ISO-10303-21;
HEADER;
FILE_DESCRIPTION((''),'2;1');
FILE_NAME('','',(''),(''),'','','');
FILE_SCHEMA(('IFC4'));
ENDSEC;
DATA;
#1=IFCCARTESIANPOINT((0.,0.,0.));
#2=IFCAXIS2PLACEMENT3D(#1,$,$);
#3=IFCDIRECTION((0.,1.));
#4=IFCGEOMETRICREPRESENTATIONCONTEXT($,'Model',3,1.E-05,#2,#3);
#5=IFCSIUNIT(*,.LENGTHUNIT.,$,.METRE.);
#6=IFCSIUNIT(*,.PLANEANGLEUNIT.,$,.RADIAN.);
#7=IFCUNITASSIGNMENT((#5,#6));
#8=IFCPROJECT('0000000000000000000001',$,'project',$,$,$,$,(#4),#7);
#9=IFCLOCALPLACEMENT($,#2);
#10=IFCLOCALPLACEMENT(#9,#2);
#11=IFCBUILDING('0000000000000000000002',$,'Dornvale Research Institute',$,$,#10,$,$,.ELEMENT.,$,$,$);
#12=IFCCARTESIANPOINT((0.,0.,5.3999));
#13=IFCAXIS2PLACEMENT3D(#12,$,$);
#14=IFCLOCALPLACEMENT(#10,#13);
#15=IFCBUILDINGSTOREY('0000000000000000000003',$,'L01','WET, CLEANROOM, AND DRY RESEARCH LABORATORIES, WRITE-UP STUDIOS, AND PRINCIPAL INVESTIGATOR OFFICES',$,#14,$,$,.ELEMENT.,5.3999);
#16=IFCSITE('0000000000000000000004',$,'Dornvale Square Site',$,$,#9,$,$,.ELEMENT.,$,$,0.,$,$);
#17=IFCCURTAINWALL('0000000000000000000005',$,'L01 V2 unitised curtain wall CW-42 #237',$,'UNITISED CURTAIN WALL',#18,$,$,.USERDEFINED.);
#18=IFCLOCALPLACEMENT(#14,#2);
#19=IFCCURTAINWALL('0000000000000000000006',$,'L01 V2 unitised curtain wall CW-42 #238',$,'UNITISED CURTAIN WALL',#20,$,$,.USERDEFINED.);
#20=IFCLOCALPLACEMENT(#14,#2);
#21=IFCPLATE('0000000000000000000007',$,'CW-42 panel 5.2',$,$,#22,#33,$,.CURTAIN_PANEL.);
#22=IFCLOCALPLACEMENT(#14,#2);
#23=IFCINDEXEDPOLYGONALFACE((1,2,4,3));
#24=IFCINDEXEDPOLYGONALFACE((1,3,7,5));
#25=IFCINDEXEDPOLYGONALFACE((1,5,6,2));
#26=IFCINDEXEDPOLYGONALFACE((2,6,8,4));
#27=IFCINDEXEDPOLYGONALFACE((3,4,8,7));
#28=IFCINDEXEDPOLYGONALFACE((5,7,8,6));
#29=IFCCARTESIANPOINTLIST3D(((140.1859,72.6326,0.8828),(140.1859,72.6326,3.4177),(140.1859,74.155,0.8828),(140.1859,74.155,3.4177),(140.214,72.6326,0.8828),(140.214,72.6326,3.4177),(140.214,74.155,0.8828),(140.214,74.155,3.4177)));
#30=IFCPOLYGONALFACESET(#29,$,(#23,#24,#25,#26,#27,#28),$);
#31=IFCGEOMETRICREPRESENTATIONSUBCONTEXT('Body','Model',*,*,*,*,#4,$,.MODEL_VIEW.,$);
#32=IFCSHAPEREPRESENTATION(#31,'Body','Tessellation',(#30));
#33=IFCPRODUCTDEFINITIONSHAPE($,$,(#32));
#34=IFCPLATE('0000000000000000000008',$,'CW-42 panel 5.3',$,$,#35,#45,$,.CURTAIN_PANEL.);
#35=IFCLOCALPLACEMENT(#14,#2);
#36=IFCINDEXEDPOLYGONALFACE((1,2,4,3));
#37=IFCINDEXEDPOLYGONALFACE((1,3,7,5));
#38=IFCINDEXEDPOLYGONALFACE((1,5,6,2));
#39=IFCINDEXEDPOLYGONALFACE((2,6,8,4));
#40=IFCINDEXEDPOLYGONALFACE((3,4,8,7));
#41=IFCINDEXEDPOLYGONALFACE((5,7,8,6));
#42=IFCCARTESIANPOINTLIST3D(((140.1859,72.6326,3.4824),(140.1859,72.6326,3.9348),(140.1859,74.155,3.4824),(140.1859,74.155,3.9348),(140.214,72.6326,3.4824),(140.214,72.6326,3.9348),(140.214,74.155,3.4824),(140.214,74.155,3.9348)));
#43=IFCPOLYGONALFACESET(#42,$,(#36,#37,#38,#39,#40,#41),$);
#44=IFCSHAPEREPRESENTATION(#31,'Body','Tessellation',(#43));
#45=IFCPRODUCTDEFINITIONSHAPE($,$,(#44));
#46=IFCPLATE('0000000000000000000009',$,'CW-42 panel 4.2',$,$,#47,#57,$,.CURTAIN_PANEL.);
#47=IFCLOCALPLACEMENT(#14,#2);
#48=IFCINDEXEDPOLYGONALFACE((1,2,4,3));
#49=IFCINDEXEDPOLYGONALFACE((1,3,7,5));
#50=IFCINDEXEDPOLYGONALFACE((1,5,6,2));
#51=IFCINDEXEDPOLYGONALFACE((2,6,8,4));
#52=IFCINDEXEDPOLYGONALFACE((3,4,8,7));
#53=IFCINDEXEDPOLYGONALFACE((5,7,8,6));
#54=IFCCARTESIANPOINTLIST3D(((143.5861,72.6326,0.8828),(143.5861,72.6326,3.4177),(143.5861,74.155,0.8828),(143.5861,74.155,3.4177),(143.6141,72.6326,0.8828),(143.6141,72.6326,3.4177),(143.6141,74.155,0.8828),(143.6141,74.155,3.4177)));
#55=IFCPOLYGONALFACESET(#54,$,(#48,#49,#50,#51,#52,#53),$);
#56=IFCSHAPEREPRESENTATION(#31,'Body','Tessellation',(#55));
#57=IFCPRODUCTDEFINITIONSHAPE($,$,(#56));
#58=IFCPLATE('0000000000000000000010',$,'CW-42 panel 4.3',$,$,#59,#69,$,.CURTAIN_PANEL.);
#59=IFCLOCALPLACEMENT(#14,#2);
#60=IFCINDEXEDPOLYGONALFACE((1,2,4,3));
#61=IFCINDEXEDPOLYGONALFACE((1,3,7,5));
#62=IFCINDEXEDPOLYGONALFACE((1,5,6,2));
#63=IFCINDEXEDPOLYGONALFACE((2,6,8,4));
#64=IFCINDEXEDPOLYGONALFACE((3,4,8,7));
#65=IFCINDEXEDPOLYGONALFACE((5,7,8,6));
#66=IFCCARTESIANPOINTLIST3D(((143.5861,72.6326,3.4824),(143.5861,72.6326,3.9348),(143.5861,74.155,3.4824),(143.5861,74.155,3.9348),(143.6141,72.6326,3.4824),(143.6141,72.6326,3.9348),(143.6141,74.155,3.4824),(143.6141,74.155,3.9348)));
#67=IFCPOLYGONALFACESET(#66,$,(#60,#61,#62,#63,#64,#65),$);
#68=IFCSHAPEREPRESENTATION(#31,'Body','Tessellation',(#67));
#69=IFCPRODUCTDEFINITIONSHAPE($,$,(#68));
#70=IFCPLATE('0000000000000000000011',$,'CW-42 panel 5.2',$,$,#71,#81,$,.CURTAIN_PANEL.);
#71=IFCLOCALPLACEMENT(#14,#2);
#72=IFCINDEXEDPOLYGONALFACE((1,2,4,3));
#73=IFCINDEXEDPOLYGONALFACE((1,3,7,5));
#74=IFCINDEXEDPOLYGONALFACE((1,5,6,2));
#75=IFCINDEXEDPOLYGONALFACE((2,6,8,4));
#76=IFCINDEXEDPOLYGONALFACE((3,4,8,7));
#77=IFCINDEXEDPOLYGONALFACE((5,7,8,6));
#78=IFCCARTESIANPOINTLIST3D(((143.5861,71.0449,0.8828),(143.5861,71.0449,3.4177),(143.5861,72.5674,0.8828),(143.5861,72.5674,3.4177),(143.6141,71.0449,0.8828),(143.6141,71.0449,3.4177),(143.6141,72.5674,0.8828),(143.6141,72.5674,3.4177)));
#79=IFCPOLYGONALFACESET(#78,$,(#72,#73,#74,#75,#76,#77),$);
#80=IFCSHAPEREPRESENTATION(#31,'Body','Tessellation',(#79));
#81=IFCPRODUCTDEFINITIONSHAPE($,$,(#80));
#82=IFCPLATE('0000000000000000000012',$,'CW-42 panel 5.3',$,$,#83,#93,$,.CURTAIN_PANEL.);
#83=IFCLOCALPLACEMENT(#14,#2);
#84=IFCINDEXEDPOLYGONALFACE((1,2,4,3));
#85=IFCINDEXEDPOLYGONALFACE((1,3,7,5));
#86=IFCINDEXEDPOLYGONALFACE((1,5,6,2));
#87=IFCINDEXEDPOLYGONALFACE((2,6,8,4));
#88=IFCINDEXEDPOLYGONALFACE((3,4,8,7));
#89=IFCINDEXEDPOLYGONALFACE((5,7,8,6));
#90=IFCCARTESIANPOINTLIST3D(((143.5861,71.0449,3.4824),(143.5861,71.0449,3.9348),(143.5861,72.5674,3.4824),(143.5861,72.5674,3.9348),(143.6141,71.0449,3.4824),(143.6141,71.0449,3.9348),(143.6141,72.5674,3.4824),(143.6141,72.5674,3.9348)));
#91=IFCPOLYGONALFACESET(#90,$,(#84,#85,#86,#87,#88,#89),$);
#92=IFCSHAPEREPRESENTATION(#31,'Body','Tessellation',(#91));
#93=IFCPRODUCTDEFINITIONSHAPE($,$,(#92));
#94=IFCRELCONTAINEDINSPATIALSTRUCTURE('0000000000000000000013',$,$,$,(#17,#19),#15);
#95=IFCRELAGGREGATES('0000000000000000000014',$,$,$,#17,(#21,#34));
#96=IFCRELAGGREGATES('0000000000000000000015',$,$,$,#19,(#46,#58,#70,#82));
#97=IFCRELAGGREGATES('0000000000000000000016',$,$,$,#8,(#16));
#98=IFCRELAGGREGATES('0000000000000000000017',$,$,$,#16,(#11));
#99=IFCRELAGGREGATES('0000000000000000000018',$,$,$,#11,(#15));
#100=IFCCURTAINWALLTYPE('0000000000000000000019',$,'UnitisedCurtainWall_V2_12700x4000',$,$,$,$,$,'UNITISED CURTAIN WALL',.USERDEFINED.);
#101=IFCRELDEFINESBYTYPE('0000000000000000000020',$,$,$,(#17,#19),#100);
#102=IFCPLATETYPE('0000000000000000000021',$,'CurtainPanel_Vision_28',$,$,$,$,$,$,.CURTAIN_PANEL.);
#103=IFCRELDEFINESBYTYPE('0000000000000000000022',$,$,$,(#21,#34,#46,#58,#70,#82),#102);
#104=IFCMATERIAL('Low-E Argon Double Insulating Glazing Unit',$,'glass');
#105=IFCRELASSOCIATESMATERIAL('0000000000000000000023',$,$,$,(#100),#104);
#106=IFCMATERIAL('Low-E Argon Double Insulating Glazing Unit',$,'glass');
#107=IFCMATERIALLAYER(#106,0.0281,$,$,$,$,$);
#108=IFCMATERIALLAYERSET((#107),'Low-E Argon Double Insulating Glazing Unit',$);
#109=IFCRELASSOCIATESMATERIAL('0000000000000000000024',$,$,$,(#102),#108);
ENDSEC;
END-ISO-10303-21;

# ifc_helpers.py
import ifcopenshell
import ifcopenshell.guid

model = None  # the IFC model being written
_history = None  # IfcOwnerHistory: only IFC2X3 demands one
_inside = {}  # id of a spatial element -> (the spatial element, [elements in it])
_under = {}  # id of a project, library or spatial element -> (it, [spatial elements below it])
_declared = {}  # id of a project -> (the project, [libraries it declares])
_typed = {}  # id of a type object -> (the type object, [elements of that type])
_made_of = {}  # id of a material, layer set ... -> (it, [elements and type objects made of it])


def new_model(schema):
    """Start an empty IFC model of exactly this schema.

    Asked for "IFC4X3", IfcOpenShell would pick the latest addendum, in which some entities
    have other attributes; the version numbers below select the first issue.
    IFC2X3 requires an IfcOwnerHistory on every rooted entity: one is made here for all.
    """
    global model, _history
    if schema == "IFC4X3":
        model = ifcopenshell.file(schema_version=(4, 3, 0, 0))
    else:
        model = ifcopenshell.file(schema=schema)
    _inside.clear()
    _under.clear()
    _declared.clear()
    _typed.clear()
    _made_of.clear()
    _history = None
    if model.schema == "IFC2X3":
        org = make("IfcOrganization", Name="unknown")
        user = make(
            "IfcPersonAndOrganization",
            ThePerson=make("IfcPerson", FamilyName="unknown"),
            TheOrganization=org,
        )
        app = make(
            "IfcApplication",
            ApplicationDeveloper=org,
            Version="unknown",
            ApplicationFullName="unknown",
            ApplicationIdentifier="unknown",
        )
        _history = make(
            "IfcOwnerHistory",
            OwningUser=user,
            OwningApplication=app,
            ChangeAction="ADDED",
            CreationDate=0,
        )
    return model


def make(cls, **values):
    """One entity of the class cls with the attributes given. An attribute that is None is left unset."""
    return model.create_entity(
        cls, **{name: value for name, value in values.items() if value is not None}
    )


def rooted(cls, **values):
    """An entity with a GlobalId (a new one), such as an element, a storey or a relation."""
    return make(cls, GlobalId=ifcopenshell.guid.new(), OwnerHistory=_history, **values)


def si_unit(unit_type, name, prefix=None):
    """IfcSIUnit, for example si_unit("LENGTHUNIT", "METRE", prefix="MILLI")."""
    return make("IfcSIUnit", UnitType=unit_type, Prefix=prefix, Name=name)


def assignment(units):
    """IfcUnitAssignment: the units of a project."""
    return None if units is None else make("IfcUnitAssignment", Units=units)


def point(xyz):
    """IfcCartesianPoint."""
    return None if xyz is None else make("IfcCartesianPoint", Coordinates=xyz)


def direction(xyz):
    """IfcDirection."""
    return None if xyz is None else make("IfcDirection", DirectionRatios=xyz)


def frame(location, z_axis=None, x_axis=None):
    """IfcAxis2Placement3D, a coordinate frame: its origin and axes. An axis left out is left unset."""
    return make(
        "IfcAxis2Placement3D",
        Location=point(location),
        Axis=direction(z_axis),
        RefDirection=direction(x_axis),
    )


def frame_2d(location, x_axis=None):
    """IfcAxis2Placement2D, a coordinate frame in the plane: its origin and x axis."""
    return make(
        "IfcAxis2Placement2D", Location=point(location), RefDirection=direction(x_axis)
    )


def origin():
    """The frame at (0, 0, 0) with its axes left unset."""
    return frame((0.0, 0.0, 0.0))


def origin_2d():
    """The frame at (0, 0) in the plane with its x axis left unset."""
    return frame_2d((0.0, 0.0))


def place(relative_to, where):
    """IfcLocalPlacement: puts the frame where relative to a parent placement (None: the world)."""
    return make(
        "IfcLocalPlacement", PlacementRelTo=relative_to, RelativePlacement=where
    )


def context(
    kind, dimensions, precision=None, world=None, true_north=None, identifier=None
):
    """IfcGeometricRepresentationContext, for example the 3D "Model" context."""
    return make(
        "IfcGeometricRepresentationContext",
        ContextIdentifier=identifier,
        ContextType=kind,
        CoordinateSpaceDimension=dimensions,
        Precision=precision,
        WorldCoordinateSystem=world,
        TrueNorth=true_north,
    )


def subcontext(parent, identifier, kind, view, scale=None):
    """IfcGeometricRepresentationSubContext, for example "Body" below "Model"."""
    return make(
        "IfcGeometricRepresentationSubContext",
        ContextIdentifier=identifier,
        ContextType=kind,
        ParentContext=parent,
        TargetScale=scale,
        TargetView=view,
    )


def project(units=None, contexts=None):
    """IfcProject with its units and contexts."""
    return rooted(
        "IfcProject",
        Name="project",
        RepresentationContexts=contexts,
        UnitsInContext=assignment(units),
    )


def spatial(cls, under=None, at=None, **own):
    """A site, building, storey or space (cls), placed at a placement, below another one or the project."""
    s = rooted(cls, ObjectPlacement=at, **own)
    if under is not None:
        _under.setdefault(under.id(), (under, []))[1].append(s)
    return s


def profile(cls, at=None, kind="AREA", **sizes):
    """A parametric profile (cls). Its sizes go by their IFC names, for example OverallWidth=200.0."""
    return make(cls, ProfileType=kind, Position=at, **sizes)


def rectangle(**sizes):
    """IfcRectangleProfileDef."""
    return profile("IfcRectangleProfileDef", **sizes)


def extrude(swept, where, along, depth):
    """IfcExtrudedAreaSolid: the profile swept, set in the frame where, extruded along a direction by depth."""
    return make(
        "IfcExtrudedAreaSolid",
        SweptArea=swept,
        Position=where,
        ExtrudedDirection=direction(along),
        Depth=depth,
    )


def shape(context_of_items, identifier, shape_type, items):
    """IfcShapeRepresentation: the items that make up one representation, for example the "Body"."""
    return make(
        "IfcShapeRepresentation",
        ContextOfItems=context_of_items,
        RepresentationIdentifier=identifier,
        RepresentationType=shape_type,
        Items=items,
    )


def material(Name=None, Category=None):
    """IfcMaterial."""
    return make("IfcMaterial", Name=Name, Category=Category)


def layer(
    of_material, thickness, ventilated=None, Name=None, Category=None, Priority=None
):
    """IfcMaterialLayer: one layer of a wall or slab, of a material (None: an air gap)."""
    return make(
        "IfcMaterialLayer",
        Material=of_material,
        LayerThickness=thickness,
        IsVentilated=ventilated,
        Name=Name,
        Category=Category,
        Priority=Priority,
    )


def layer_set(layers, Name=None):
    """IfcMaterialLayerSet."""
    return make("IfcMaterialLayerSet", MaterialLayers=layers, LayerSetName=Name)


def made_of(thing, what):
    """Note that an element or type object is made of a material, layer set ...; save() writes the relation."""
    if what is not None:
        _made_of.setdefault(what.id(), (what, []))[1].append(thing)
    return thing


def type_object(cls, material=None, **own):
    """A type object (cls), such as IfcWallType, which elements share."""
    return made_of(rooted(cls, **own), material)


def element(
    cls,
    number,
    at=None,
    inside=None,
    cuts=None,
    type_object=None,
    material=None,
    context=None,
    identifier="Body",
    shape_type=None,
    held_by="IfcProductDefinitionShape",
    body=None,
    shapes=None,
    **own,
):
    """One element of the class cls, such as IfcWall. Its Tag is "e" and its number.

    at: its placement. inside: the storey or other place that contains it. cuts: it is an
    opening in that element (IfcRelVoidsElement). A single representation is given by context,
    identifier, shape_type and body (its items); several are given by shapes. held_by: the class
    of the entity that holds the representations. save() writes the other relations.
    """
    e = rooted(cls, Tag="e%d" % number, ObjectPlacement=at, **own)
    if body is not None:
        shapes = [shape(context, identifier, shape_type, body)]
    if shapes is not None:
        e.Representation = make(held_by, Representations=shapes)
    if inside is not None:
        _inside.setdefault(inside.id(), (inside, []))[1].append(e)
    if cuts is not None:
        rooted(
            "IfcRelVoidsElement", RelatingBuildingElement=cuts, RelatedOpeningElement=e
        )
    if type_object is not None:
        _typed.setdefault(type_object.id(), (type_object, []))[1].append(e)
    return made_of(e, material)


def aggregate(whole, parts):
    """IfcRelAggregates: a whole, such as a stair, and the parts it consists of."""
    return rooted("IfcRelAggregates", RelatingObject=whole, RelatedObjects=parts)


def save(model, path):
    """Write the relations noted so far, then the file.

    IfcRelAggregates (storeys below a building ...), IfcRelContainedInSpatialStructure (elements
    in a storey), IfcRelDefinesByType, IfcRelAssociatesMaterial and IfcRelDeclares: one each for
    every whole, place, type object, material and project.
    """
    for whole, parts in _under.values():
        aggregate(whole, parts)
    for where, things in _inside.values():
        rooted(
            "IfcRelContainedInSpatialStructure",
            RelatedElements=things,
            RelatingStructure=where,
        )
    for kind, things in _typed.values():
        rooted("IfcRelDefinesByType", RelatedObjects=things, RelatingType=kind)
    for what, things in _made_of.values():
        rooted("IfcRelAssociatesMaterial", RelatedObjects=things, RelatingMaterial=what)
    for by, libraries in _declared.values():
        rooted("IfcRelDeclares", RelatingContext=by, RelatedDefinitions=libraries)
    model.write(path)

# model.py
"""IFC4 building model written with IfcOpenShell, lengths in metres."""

from ifc_helpers import new_model, si_unit, direction, frame, origin, origin_2d, place, context, subcontext, project, spatial, rectangle, extrude, material, layer, layer_set, type_object, element, aggregate, save


model = new_model("IFC4")

# Units and contexts
model_context = context("Model", 3, precision=1e-05, world=origin(), true_north=direction((0.0, 1.0)))
body_context = subcontext(model_context, "Body", "Model", "MODEL_VIEW")
ifc_project = project(units=[si_unit("LENGTHUNIT", "METRE"), si_unit("PLANEANGLEUNIT", "RADIAN")], contexts=[model_context])

# Site, building, storey
site_placement = place(None, origin())
site = spatial("IfcSite", under=ifc_project, at=site_placement, Name="Dornvale Square Site", CompositionType="ELEMENT", RefElevation=0.0)
building_placement = place(site_placement, origin())
building = spatial("IfcBuilding", under=site, at=building_placement, Name="Dornvale Research Institute", CompositionType="ELEMENT")
storey_placement = place(building_placement, frame((0.0, 0.0, 5.3999)))
storey = spatial("IfcBuildingStorey", under=building, at=storey_placement, Name="L01", Description="WET, CLEANROOM, AND DRY RESEARCH LABORATORIES, WRITE-UP STUDIOS, AND PRINCIPAL INVESTIGATOR OFFICES", CompositionType="ELEMENT", Elevation=5.3999)

# Curtain walls
ifc_material_1 = material(Name="Low-E Argon Double Insulating Glazing Unit", Category="glass")
curtain_wall_type = type_object("IfcCurtainWallType", Name="UnitisedCurtainWall_V2_12700x4000", ElementType="UNITISED CURTAIN WALL", PredefinedType="USERDEFINED", material=ifc_material_1)
curtain_wall_1_placement = place(storey_placement, origin())
curtain_wall_1 = element("IfcCurtainWall", 1, at=curtain_wall_1_placement, inside=storey, type_object=curtain_wall_type, Name="L01 V2 unitised curtain wall CW-42 #237", ObjectType="UNITISED CURTAIN WALL", PredefinedType="USERDEFINED")
curtain_wall_2_placement = place(storey_placement, origin())
curtain_wall_2 = element("IfcCurtainWall", 2, at=curtain_wall_2_placement, inside=storey, type_object=curtain_wall_type, Name="L01 V2 unitised curtain wall CW-42 #238", ObjectType="UNITISED CURTAIN WALL", PredefinedType="USERDEFINED")

# Plates
ifc_material_2 = material(Name="Low-E Argon Double Insulating Glazing Unit", Category="glass")
ifc_layer_1 = layer(ifc_material_2, 0.0281)
ifc_layer_set_1 = layer_set([ifc_layer_1], Name="Low-E Argon Double Insulating Glazing Unit")
plate_type_1 = type_object("IfcPlateType", Name="CurtainPanel_Vision_28", PredefinedType="CURTAIN_PANEL", material=ifc_layer_set_1)
plate_1_placement = place(storey_placement, frame((140.2, 73.3938, 0.8828), z_axis=(0.0, 0.0, 1.0), x_axis=(0.0, 1.0, 0.0)))
plate_1 = element("IfcPlate", 3, at=plate_1_placement, type_object=plate_type_1, Name="CW-42 panel 5.2", PredefinedType="CURTAIN_PANEL", context=body_context, shape_type="SweptSolid", body=[
    extrude(rectangle(XDim=1.5225, YDim=0.0281, at=origin_2d()), origin(), (0.0, 0.0, 1.0), 2.5349),
])
plate_2_placement = place(storey_placement, frame((140.2, 73.3938, 3.4824), z_axis=(0.0, 0.0, 1.0), x_axis=(0.0, 1.0, 0.0)))
plate_2 = element("IfcPlate", 4, at=plate_2_placement, type_object=plate_type_1, Name="CW-42 panel 5.3", PredefinedType="CURTAIN_PANEL", context=body_context, shape_type="SweptSolid", body=[
    extrude(rectangle(XDim=1.5225, YDim=0.0281, at=origin_2d()), origin(), (0.0, 0.0, 1.0), 0.4524),
])
aggregate(curtain_wall_1, [plate_1, plate_2])
plate_3_placement = place(storey_placement, frame((143.6001, 73.3938, 0.8828), z_axis=(0.0, 0.0, 1.0), x_axis=(0.0, -1.0, 0.0)))
plate_3 = element("IfcPlate", 5, at=plate_3_placement, type_object=plate_type_1, Name="CW-42 panel 4.2", PredefinedType="CURTAIN_PANEL", context=body_context, shape_type="SweptSolid", body=[
    extrude(rectangle(XDim=1.5225, YDim=0.0281, at=origin_2d()), origin(), (0.0, 0.0, 1.0), 2.5349),
])
plate_4_placement = place(storey_placement, frame((143.6001, 73.3938, 3.4824), z_axis=(0.0, 0.0, 1.0), x_axis=(0.0, -1.0, 0.0)))
plate_4 = element("IfcPlate", 6, at=plate_4_placement, type_object=plate_type_1, Name="CW-42 panel 4.3", PredefinedType="CURTAIN_PANEL", context=body_context, shape_type="SweptSolid", body=[
    extrude(rectangle(XDim=1.5225, YDim=0.0281, at=origin_2d()), origin(), (0.0, 0.0, 1.0), 0.4524),
])
plate_5_placement = place(storey_placement, frame((143.6001, 71.8062, 0.8828), z_axis=(0.0, 0.0, 1.0), x_axis=(0.0, -1.0, 0.0)))
plate_5 = element("IfcPlate", 7, at=plate_5_placement, type_object=plate_type_1, Name="CW-42 panel 5.2", PredefinedType="CURTAIN_PANEL", context=body_context, shape_type="SweptSolid", body=[
    extrude(rectangle(XDim=1.5225, YDim=0.0281, at=origin_2d()), origin(), (0.0, 0.0, 1.0), 2.5349),
])
plate_6_placement = place(storey_placement, frame((143.6001, 71.8062, 3.4824), z_axis=(0.0, 0.0, 1.0), x_axis=(0.0, -1.0, 0.0)))
plate_6 = element("IfcPlate", 8, at=plate_6_placement, type_object=plate_type_1, Name="CW-42 panel 5.3", PredefinedType="CURTAIN_PANEL", context=body_context, shape_type="SweptSolid", body=[
    extrude(rectangle(XDim=1.5225, YDim=0.0281, at=origin_2d()), origin(), (0.0, 0.0, 1.0), 0.4524),
])
aggregate(curtain_wall_2, [plate_3, plate_4, plate_5, plate_6])

save(model, "model.ifc")
